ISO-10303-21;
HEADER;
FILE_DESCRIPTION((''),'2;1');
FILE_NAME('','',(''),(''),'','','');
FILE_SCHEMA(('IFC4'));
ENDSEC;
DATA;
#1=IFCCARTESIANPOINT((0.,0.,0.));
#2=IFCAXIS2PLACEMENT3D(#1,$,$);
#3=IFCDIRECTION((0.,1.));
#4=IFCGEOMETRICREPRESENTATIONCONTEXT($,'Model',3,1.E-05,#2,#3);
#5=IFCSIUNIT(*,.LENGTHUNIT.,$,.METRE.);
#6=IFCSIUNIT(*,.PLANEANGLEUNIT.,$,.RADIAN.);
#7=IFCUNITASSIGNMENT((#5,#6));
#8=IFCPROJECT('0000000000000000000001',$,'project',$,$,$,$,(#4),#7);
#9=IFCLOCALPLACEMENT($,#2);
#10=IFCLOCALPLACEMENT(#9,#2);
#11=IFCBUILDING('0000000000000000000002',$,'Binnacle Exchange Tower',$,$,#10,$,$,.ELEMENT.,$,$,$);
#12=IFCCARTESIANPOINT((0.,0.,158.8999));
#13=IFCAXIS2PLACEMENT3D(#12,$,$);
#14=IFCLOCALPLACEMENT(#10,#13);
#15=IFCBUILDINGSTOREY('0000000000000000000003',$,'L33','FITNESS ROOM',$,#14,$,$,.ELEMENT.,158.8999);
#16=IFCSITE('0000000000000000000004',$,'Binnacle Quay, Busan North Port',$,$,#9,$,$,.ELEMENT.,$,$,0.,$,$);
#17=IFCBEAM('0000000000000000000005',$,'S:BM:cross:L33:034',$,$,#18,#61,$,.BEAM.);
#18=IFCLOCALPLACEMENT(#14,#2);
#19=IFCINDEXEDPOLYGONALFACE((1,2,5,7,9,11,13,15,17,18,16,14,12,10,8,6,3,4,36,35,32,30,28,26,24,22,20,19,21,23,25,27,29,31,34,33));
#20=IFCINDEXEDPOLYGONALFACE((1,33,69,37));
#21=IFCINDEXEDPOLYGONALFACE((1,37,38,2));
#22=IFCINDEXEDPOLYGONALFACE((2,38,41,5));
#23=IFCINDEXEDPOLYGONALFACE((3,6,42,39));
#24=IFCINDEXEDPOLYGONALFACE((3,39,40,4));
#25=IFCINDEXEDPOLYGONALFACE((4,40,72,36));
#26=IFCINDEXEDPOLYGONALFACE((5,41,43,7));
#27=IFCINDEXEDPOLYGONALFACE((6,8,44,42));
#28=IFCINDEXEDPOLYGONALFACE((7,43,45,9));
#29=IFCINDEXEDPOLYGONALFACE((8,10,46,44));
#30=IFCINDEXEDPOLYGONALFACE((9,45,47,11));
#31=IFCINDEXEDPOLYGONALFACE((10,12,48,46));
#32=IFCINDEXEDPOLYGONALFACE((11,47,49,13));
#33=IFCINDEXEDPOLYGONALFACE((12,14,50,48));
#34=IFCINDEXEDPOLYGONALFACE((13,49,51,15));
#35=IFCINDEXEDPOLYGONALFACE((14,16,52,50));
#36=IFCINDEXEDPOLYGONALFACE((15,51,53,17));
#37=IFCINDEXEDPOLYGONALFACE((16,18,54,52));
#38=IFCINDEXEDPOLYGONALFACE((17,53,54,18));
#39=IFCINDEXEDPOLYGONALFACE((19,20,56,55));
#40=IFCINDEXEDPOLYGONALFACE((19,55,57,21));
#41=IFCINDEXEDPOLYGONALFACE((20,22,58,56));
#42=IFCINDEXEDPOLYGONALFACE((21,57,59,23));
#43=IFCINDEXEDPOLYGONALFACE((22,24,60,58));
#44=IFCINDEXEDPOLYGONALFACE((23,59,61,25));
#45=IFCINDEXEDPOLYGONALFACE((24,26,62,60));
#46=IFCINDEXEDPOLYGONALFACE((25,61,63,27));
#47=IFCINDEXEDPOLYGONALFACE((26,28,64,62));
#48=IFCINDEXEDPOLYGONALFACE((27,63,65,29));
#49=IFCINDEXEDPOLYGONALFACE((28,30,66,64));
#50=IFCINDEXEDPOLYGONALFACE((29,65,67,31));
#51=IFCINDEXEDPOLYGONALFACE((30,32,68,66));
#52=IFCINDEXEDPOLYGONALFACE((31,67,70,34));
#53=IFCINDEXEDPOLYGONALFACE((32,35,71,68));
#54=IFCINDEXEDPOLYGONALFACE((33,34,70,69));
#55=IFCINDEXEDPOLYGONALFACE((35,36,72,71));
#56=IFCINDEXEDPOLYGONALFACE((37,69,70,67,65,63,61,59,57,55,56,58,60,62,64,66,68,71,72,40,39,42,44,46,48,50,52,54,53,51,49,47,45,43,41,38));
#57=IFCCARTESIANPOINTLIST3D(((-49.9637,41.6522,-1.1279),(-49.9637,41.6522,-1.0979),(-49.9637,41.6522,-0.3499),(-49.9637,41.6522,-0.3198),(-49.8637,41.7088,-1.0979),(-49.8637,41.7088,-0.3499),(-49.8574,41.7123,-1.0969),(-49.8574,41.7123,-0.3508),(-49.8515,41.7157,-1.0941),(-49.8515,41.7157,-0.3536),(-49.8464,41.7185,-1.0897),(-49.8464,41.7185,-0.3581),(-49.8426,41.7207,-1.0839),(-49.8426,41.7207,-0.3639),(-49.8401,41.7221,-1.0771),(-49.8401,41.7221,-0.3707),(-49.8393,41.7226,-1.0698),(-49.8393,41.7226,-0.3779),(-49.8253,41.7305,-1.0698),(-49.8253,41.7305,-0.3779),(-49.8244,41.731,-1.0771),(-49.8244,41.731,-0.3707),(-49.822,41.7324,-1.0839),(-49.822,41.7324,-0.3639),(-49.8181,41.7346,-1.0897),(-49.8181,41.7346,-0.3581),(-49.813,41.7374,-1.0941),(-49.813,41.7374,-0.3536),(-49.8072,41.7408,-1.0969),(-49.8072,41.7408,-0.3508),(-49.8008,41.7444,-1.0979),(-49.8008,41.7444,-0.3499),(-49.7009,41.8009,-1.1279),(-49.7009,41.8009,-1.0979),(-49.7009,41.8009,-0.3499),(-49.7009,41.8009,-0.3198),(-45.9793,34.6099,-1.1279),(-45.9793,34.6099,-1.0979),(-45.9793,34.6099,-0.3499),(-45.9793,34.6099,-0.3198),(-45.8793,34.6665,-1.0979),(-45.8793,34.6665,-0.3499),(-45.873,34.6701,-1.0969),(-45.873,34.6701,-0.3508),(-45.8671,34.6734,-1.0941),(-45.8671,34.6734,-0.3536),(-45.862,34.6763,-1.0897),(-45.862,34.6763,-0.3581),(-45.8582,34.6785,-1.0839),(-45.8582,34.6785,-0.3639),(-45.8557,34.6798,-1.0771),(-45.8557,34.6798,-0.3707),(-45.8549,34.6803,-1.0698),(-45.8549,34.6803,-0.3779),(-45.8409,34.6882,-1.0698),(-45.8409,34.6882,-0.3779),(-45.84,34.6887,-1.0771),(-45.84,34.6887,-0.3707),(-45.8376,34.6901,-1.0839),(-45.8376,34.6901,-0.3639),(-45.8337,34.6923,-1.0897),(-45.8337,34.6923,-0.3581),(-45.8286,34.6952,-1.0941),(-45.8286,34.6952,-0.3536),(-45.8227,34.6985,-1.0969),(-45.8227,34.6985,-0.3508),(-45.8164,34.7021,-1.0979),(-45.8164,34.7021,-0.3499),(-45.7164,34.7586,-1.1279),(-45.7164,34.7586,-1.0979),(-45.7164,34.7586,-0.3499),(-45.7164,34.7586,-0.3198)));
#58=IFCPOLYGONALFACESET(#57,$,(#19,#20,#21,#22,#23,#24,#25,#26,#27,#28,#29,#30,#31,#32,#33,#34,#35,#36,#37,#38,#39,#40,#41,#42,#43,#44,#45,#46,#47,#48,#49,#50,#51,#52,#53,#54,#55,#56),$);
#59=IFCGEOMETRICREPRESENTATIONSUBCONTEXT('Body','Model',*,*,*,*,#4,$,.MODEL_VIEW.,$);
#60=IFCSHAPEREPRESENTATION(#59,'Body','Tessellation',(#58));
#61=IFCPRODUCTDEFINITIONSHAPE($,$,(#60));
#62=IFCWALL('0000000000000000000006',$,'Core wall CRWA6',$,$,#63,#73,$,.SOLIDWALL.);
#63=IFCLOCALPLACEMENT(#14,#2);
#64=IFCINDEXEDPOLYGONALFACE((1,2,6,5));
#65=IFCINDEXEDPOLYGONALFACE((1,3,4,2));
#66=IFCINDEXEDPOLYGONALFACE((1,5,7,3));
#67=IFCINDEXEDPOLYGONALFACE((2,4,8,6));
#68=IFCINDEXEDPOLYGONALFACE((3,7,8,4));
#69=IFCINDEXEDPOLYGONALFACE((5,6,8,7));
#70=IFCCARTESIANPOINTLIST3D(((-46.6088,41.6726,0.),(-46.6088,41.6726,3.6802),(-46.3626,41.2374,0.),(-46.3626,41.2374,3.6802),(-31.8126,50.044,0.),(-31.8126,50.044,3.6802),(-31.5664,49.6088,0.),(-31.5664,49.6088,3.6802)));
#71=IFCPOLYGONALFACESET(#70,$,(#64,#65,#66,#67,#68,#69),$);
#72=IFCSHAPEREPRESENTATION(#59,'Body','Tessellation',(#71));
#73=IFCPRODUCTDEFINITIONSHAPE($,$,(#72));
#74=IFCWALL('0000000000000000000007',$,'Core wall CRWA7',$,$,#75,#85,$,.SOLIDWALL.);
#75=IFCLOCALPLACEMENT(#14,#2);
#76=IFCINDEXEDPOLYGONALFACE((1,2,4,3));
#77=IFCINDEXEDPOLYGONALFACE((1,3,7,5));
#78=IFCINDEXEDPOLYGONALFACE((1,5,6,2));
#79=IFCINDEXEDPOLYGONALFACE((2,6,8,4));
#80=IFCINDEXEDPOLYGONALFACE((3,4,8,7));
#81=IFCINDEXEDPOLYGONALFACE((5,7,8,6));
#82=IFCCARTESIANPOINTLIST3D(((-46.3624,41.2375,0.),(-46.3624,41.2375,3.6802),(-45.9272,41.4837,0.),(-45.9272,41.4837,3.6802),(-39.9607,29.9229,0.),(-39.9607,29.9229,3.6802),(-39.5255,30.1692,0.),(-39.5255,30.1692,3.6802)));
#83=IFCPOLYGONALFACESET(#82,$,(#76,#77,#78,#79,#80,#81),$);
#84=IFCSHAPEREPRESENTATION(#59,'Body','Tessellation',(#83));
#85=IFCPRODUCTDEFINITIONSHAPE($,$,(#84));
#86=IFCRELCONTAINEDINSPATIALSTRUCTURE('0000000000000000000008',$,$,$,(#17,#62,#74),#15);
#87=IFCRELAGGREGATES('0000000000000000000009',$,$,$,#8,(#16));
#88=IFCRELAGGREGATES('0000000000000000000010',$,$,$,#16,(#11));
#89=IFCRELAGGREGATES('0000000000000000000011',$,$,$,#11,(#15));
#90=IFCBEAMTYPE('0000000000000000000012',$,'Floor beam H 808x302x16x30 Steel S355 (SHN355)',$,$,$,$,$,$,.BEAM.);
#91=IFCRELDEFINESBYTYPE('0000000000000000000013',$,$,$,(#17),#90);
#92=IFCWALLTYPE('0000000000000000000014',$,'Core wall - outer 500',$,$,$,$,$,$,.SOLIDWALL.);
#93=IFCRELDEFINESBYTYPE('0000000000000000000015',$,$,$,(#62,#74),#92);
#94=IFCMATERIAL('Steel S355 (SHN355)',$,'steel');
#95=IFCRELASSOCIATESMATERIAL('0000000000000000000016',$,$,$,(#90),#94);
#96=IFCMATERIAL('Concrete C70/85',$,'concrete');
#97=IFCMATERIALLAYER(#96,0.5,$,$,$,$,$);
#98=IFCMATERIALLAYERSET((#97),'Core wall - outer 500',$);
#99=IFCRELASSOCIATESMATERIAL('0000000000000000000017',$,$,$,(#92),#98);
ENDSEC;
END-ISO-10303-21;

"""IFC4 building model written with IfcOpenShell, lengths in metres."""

from ifc_helpers import new_model, si_unit, direction, frame, frame_2d, origin, origin_2d, place, context, subcontext, project, spatial, rectangle, i_section, extrude, material, layer, layer_set, material_profile, profile_set, type_object, element, save


model = new_model("IFC4")

# Units and contexts
model_context = context("Model", 3, precision=1e-05, world=origin(), true_north=direction((0.0, 1.0)))
body_context = subcontext(model_context, "Body", "Model", "MODEL_VIEW")
ifc_project = project(units=[si_unit("LENGTHUNIT", "METRE"), si_unit("PLANEANGLEUNIT", "RADIAN")], contexts=[model_context])

# Site, building, storey
site_placement = place(None, origin())
site = spatial("IfcSite", under=ifc_project, at=site_placement, Name="Binnacle Quay, Busan North Port", CompositionType="ELEMENT", RefElevation=0.0)
building_placement = place(site_placement, origin())
building = spatial("IfcBuilding", under=site, at=building_placement, Name="Binnacle Exchange Tower", CompositionType="ELEMENT")
storey_placement = place(building_placement, frame((0.0, 0.0, 158.8999)))
storey = spatial("IfcBuildingStorey", under=building, at=storey_placement, Name="L33", Description="FITNESS ROOM", CompositionType="ELEMENT", Elevation=158.8999)

# Shared definitions
ifc_material_1 = material(Name="Concrete C70/85", Category="concrete")

# Beam
ifc_material_2 = material(Name="Steel S355 (SHN355)", Category="steel")
ifc_material_profile_1 = material_profile(ifc_material_2, i_section(OverallWidth=0.302, OverallDepth=0.8081, WebThickness=0.0161, FlangeThickness=0.03, FilletRadius=0.0281, at=origin_2d()), Name="H 808x302x16x30")
ifc_profile_set_1 = profile_set([ifc_material_profile_1], Name="Steel S355 (SHN355)")
beam_type_1 = type_object("IfcBeamType", Name="Floor beam H 808x302x16x30 Steel S355 (SHN355)", PredefinedType="BEAM", material=ifc_profile_set_1)
beam_1_placement = place(storey_placement, frame((-49.8323, 41.7266, -0.7239), z_axis=(0.49243, -0.870352, 0.0), x_axis=(0.870352, 0.49243, 0.0)))
element("IfcBeam", 1, at=beam_1_placement, inside=storey, type_object=beam_type_1, Name="S:BM:cross:L33:034", PredefinedType="BEAM", context=body_context, shape_type="SweptSolid", body=[
    extrude(i_section(OverallWidth=0.302, OverallDepth=0.8081, WebThickness=0.0161, FlangeThickness=0.03, FilletRadius=0.0281, at=origin_2d()), origin(), (0.0, 0.0, 1.0), 8.0913),
])

# Walls
ifc_layer_1 = layer(ifc_material_1, 0.5)
ifc_layer_set_1 = layer_set([ifc_layer_1], Name="Core wall - outer 500")
wall_type_1 = type_object("IfcWallType", Name="Core wall - outer 500", PredefinedType="SOLIDWALL", material=ifc_layer_set_1)
wall_1_placement = place(storey_placement, frame((-46.4856, 41.4551, 0.0), z_axis=(0.0, 0.0, 1.0), x_axis=(0.870354, 0.492427, 0.0)))
element("IfcWall", 2, at=wall_1_placement, inside=storey, type_object=wall_type_1, Name="Core wall CRWA6", PredefinedType="SOLIDWALL", context=body_context, shape_type="SweptSolid", body=[
    extrude(rectangle(XDim=17.0002, YDim=0.5, at=frame_2d((8.5, 0.0))), origin(), (0.0, 0.0, 1.0), 3.6802),
])
wall_2_placement = place(storey_placement, frame((-46.1448, 41.3606, 0.0), z_axis=(0.0, 0.0, 1.0), x_axis=(0.492435, -0.870349, 0.0)))
element("IfcWall", 3, at=wall_2_placement, inside=storey, type_object=wall_type_1, Name="Core wall CRWA7", PredefinedType="SOLIDWALL", context=body_context, shape_type="SweptSolid", body=[
    extrude(rectangle(XDim=13.0, YDim=0.5, at=frame_2d((6.5, 0.0))), origin(), (0.0, 0.0, 1.0), 3.6802),
])

save(model, "model.ifc")
